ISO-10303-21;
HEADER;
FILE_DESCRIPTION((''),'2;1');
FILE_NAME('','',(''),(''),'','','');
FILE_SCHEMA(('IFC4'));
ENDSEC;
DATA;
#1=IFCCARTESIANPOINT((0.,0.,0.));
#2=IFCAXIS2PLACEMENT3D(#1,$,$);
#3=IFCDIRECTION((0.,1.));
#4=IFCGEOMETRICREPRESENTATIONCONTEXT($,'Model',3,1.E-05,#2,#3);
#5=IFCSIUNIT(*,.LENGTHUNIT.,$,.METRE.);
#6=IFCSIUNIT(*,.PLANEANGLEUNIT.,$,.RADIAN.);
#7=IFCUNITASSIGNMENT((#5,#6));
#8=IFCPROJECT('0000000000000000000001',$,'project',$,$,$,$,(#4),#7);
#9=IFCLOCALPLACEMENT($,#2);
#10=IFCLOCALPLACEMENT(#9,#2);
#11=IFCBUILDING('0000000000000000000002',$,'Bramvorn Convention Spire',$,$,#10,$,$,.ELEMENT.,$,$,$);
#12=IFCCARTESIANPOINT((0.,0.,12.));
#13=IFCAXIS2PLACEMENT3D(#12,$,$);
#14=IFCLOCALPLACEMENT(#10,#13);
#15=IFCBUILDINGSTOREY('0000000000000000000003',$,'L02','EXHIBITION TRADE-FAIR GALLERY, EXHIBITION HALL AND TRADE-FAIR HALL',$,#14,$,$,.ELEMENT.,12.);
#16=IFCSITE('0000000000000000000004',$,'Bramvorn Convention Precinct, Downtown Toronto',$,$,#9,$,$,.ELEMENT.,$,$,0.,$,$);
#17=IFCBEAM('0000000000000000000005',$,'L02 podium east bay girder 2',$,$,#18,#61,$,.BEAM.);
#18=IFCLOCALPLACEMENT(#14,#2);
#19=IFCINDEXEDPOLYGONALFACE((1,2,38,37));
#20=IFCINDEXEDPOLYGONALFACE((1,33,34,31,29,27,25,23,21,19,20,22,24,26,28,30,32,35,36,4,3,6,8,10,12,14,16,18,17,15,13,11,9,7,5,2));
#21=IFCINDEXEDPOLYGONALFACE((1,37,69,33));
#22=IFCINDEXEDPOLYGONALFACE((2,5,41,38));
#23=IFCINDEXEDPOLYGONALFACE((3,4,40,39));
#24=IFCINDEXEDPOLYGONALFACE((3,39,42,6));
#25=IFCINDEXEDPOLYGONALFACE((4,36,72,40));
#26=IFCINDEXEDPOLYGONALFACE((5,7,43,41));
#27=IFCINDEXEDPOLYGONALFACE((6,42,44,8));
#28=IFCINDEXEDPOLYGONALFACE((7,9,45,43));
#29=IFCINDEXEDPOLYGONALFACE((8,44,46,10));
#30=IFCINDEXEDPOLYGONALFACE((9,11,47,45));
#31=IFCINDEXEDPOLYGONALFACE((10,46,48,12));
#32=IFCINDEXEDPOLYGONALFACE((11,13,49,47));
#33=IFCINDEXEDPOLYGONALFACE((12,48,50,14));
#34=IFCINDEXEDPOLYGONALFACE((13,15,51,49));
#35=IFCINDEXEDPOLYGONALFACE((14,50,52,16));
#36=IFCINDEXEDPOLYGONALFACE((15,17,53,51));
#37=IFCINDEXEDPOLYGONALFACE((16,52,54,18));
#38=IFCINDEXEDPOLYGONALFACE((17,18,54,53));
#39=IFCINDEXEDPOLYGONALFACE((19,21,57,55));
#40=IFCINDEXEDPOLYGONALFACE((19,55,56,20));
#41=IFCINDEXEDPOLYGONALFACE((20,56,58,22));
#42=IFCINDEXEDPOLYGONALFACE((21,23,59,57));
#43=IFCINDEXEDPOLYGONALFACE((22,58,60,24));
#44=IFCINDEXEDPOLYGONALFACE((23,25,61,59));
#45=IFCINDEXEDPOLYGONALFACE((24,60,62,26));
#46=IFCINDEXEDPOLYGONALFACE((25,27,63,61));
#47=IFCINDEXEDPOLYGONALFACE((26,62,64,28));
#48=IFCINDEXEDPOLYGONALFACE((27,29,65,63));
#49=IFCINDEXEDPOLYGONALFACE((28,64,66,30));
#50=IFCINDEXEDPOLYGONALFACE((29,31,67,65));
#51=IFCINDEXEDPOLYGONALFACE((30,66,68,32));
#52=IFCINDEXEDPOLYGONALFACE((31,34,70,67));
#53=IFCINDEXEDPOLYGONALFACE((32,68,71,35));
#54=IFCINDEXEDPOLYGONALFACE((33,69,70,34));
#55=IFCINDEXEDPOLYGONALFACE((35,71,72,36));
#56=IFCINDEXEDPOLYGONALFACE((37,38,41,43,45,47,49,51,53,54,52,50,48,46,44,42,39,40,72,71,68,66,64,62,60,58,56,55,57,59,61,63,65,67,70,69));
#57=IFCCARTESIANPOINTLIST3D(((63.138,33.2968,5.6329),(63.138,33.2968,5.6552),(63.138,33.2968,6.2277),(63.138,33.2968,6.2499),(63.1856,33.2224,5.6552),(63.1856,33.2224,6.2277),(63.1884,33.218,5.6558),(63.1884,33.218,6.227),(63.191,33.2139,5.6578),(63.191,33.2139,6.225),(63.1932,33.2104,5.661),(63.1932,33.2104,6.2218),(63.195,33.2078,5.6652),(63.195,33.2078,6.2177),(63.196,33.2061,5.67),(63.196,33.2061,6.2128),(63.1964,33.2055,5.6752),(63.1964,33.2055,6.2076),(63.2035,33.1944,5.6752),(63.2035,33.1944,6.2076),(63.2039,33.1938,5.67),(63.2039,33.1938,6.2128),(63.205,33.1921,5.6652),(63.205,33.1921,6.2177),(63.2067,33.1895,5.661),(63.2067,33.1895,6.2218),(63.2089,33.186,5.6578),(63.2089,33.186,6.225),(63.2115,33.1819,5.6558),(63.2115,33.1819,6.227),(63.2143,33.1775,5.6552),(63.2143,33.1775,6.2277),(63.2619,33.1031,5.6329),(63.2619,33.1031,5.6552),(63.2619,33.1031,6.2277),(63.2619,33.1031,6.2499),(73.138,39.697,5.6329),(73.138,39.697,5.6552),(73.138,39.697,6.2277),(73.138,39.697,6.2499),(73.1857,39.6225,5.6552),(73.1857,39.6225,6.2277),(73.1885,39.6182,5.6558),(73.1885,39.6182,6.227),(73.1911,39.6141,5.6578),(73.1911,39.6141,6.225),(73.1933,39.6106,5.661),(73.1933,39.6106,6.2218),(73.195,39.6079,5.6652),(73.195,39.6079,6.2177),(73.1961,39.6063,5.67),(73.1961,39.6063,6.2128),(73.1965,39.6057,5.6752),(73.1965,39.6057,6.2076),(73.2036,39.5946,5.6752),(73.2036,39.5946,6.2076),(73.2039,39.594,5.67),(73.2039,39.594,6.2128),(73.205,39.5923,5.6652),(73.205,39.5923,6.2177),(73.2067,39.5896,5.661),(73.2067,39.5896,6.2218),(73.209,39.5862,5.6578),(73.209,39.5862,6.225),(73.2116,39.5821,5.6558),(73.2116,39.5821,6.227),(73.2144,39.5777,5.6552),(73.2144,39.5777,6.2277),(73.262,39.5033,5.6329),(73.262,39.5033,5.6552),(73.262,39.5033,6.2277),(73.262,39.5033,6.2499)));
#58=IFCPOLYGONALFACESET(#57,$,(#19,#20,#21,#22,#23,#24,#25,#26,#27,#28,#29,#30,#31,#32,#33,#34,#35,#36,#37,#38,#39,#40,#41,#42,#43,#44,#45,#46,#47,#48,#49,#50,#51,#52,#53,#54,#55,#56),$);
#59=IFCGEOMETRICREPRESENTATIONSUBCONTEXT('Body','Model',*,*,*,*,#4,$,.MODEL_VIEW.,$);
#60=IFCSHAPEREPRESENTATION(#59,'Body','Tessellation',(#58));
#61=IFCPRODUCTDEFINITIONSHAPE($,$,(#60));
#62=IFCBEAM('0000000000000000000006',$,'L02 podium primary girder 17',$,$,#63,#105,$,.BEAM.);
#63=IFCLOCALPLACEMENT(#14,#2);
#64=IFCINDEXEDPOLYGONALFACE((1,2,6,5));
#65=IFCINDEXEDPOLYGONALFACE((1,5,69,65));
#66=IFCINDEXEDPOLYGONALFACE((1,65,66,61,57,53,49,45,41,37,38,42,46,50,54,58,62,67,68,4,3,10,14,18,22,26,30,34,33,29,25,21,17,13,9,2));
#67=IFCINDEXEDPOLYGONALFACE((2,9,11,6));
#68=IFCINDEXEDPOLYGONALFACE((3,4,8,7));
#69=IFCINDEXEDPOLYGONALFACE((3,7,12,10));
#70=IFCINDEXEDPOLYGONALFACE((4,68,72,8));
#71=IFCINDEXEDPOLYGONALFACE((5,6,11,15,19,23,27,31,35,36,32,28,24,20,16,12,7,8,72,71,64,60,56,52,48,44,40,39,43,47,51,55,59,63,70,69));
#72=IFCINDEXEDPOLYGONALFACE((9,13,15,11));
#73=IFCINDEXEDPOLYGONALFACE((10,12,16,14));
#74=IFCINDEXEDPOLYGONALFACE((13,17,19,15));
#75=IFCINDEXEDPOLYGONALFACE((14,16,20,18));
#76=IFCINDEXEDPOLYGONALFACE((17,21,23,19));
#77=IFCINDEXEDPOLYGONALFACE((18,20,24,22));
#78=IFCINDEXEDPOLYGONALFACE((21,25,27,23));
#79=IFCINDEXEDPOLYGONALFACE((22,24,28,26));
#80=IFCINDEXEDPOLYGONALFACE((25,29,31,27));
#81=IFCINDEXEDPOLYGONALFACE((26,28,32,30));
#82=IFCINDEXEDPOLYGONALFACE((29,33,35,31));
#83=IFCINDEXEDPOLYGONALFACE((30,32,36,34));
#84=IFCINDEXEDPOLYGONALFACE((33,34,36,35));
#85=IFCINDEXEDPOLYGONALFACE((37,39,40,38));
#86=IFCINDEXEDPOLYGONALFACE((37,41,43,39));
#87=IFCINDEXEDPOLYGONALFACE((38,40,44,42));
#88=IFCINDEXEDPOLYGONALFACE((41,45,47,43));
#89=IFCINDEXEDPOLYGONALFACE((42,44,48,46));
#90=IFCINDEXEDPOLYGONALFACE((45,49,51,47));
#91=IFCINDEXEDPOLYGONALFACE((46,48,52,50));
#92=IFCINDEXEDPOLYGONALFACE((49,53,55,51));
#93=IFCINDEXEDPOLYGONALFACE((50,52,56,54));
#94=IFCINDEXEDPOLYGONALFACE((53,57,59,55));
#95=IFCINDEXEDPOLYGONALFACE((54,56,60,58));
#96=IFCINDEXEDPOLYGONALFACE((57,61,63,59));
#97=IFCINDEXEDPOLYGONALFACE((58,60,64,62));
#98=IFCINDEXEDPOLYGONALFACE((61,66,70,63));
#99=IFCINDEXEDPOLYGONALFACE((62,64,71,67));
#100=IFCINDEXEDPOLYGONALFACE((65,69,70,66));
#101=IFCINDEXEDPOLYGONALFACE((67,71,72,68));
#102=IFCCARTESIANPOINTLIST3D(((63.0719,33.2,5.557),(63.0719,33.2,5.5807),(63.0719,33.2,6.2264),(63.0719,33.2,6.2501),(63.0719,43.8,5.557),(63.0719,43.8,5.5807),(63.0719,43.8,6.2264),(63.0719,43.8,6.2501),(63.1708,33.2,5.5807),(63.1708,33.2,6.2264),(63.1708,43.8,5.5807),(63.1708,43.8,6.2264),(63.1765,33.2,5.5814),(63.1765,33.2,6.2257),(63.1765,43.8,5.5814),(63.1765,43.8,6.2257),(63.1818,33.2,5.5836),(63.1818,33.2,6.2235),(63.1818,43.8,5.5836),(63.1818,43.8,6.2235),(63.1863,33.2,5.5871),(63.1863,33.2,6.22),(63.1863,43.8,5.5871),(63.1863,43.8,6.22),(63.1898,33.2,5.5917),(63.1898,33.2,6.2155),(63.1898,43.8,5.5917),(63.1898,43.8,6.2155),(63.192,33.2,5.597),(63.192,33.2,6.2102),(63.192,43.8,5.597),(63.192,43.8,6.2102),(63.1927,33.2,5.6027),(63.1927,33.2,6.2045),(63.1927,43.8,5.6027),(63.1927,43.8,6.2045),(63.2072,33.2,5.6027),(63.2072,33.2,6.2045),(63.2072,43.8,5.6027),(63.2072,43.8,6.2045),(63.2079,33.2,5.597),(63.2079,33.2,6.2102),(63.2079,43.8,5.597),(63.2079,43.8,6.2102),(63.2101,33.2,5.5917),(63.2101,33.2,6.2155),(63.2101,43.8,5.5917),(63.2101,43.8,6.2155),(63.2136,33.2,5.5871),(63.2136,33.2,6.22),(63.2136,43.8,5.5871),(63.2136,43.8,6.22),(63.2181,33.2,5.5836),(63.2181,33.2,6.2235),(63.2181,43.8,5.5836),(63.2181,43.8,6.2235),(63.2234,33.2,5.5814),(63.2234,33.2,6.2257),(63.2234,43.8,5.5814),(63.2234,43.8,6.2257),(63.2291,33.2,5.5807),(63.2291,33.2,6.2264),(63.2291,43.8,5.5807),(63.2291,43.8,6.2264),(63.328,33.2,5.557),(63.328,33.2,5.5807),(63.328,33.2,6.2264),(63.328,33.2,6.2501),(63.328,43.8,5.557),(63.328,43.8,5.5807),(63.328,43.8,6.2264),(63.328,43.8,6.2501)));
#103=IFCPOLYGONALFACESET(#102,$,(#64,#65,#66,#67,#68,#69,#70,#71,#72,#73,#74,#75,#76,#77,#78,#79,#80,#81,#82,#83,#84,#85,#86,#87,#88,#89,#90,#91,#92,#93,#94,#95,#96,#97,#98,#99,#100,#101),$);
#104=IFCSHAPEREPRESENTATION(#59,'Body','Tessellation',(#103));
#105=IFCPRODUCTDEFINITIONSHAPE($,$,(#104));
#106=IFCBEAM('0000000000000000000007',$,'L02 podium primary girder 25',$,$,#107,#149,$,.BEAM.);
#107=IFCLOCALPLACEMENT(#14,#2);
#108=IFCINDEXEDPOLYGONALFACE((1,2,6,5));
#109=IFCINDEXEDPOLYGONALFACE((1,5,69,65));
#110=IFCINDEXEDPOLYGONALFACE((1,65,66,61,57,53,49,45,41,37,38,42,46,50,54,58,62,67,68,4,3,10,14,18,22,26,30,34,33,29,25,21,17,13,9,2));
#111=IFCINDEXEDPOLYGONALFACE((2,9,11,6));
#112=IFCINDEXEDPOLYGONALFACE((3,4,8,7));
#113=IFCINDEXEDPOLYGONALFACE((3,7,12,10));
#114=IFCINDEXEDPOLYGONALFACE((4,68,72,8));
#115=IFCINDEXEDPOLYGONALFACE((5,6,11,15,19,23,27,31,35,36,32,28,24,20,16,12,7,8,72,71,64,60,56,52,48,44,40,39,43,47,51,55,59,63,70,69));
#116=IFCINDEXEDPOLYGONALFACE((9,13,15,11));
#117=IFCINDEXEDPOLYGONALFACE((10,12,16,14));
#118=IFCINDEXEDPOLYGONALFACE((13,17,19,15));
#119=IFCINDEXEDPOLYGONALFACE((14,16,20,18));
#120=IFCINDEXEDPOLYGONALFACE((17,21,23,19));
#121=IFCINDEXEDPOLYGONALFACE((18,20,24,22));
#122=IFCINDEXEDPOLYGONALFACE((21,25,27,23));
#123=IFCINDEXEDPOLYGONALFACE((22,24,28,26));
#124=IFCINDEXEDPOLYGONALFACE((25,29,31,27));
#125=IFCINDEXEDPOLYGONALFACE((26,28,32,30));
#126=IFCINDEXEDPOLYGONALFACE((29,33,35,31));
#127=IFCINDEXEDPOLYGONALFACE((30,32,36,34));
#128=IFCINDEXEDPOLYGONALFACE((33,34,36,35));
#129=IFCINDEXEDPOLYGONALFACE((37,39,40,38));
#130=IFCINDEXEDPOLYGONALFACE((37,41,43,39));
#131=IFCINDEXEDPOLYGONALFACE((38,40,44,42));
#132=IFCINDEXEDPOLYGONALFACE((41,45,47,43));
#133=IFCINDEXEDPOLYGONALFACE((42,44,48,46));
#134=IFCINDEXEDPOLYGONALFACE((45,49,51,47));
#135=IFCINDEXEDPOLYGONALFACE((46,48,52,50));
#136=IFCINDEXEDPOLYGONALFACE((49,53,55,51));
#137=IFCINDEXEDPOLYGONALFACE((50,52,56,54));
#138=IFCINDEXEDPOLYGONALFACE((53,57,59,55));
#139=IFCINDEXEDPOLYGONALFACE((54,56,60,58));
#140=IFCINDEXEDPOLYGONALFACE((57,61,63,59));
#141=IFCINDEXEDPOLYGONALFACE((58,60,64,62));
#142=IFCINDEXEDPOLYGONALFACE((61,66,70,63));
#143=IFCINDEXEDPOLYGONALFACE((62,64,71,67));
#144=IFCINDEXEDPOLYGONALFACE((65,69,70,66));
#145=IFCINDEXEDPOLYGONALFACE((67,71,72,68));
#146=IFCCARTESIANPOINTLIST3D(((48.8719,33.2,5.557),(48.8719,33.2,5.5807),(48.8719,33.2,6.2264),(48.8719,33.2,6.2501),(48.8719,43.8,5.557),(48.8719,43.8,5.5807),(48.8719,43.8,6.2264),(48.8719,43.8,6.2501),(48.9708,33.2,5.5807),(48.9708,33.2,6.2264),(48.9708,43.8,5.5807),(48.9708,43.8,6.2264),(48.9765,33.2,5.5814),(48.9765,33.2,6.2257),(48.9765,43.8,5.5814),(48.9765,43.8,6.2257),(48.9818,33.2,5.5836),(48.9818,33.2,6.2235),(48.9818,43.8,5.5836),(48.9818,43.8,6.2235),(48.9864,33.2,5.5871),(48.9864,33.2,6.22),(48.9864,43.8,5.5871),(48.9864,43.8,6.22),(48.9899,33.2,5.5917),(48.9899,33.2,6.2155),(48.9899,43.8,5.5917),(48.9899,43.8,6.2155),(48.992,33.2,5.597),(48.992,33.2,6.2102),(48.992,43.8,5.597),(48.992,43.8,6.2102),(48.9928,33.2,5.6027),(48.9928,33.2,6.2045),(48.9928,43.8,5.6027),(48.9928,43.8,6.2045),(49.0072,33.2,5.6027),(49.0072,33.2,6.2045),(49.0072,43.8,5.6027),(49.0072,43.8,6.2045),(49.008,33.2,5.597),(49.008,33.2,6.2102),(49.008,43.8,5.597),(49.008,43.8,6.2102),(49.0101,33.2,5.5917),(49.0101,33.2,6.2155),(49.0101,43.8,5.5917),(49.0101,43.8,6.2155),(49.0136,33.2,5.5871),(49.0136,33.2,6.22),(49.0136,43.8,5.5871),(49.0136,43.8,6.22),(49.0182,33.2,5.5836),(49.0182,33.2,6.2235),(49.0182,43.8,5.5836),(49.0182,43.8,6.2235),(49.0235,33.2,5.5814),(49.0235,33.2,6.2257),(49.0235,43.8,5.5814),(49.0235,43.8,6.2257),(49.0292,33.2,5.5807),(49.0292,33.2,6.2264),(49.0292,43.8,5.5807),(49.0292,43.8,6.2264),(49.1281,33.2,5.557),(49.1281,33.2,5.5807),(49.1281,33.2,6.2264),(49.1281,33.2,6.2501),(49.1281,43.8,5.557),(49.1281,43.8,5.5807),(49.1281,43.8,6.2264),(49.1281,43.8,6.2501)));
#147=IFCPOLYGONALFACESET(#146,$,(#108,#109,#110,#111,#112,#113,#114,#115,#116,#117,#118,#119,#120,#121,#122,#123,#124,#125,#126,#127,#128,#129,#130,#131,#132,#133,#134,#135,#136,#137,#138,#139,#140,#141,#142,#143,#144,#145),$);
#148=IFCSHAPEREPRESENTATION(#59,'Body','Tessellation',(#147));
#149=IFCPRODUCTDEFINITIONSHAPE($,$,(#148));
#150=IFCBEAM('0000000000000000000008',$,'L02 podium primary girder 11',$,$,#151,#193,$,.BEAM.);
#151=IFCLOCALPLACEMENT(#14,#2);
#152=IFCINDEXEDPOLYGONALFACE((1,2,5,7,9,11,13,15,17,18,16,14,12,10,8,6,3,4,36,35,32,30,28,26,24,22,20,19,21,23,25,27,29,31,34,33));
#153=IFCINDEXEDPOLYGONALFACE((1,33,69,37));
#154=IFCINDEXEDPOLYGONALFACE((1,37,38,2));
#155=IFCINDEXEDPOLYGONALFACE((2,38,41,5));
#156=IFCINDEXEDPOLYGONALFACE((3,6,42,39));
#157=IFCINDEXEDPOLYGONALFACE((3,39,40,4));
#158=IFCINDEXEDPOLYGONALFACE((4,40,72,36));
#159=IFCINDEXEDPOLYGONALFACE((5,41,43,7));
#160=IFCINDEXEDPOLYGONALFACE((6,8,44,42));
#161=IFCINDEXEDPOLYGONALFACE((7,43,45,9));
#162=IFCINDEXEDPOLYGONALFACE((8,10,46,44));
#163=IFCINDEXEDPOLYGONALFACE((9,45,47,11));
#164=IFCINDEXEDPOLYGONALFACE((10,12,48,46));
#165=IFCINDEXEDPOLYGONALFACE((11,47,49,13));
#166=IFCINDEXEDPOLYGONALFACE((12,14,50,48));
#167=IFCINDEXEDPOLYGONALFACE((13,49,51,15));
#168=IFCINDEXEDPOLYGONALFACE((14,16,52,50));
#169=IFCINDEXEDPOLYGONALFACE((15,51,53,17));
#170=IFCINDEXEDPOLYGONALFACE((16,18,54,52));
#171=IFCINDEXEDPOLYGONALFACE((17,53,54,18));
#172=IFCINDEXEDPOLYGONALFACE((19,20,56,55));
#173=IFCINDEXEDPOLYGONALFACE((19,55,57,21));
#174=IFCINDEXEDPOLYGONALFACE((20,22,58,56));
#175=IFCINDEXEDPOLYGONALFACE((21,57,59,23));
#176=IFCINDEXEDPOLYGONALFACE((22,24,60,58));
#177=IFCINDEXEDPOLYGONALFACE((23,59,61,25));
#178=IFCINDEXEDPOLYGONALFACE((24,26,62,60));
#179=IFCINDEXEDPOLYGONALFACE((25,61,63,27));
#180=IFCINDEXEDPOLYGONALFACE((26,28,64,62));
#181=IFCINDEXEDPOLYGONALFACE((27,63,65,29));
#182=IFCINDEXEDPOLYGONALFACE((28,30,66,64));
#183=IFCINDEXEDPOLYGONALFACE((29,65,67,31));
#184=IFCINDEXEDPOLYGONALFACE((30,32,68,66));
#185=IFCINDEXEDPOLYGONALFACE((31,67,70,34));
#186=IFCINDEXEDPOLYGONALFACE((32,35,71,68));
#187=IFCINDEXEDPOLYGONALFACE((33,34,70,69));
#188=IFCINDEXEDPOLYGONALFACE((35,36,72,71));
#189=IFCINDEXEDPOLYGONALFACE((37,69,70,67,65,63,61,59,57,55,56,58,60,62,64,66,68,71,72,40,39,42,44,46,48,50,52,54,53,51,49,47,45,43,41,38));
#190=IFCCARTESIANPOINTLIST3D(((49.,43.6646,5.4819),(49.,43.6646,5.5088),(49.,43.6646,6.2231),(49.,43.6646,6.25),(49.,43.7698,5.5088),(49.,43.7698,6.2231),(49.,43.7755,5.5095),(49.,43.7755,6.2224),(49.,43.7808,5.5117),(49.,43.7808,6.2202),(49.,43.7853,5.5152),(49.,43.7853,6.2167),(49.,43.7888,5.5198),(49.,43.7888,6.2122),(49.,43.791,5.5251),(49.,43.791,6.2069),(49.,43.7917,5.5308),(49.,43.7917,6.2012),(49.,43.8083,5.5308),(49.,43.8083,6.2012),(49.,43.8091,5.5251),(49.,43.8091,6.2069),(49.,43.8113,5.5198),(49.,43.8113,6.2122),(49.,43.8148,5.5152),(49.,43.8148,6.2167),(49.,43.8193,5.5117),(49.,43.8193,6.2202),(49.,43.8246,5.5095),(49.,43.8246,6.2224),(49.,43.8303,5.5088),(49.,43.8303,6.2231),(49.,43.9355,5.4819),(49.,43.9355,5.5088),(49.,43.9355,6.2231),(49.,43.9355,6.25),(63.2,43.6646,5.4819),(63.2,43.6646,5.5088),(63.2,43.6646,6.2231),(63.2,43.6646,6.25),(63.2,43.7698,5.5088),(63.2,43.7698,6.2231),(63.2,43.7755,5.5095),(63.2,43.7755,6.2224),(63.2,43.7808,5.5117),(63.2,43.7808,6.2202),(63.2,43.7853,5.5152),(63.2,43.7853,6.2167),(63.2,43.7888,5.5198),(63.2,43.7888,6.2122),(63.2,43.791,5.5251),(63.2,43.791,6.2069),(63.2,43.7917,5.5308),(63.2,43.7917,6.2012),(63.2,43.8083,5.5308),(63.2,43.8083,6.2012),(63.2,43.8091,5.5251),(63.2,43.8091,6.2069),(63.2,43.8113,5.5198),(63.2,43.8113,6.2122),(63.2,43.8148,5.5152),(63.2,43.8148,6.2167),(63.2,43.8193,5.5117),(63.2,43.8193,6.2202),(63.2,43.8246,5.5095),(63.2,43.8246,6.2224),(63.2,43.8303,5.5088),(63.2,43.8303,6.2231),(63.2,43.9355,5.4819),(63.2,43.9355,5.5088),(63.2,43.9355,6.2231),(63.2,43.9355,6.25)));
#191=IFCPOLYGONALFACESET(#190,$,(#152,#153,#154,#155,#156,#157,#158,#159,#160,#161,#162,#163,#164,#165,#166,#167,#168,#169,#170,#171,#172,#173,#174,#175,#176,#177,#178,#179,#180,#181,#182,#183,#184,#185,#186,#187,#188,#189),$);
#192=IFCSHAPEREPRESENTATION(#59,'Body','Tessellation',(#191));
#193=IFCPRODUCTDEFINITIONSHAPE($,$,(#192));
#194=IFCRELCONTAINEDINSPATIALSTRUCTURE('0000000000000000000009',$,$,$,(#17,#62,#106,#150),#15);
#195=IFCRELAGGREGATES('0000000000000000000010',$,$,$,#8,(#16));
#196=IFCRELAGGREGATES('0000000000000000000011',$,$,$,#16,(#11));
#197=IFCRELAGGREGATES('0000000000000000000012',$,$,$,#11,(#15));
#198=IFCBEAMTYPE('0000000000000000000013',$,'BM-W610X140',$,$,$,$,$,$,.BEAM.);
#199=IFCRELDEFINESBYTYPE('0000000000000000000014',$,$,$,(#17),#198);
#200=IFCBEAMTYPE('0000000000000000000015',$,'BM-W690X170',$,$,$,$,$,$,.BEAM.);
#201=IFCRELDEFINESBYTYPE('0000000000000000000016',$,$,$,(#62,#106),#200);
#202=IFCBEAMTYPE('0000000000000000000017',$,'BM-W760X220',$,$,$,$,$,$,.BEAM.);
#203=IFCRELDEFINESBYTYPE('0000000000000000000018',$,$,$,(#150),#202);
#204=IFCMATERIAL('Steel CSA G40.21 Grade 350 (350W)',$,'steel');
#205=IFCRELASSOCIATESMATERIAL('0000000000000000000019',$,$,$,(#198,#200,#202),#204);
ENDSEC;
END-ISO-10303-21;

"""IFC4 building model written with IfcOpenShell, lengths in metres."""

from ifc_helpers import new_model, si_unit, direction, frame, origin, origin_2d, place, context, subcontext, project, spatial, i_section, extrude, material, material_profile, profile_set, type_object, element, save


model = new_model("IFC4")

# Units and contexts
model_context = context("Model", 3, precision=1e-05, world=origin(), true_north=direction((0.0, 1.0)))
body_context = subcontext(model_context, "Body", "Model", "MODEL_VIEW")
ifc_project = project(units=[si_unit("LENGTHUNIT", "METRE"), si_unit("PLANEANGLEUNIT", "RADIAN")], contexts=[model_context])

# Site, building, storey
site_placement = place(None, origin())
site = spatial("IfcSite", under=ifc_project, at=site_placement, Name="Bramvorn Convention Precinct, Downtown Toronto", CompositionType="ELEMENT", RefElevation=0.0)
building_placement = place(site_placement, origin())
building = spatial("IfcBuilding", under=site, at=building_placement, Name="Bramvorn Convention Spire", CompositionType="ELEMENT")
storey_placement = place(building_placement, frame((0.0, 0.0, 12.0)))
storey = spatial("IfcBuildingStorey", under=building, at=storey_placement, Name="L02", Description="EXHIBITION TRADE-FAIR GALLERY, EXHIBITION HALL AND TRADE-FAIR HALL", CompositionType="ELEMENT", Elevation=12.0)

# Shared definitions
ifc_material_1 = material(Name="Steel CSA G40.21 Grade 350 (350W)", Category="steel")

# Beams
ifc_material_profile_1 = material_profile(ifc_material_1, i_section(OverallWidth=0.23, OverallDepth=0.6169, WebThickness=0.0132, FlangeThickness=0.0222, FilletRadius=0.02, at=origin_2d()))
ifc_profile_set_1 = profile_set([ifc_material_profile_1], Name="Steel CSA G40.21 Grade 350 (350W) - W610X140")
beam_type_1 = type_object("IfcBeamType", Name="BM-W610X140", PredefinedType="BEAM", material=ifc_profile_set_1)
beam_1_placement = place(storey_placement, frame((63.2, 33.2, 5.9414), z_axis=(0.842266, 0.539062, 0.0), x_axis=(-0.539062, 0.842266, 0.0)))
element("IfcBeam", 1, at=beam_1_placement, inside=storey, type_object=beam_type_1, Name="L02 podium east bay girder 2", PredefinedType="BEAM", context=body_context, shape_type="SweptSolid", body=[
    extrude(i_section(OverallWidth=0.23, OverallDepth=0.6169, WebThickness=0.0132, FlangeThickness=0.0222, FilletRadius=0.02, at=origin_2d()), origin(), (0.0, 0.0, 1.0), 11.8728),
])
ifc_material_profile_2 = material_profile(ifc_material_1, i_section(OverallWidth=0.2561, OverallDepth=0.6931, WebThickness=0.0144, FlangeThickness=0.0237, FilletRadius=0.022, at=origin_2d()))
ifc_profile_set_2 = profile_set([ifc_material_profile_2], Name="Steel CSA G40.21 Grade 350 (350W) - W690X170")
beam_type_2 = type_object("IfcBeamType", Name="BM-W690X170", PredefinedType="BEAM", material=ifc_profile_set_2)
for number, where, z_axis, x_axis, name in (
    (2, (63.2, 33.2, 5.9036), (0.0, 1.0, 0.0), (-1.0, 0.0, 0.0), "L02 podium primary girder 17"),
    (3, (49.0, 33.2, 5.9036), (0.0, 1.0, 0.0), (-1.0, 0.0, 0.0), "L02 podium primary girder 25"),
):
    element("IfcBeam", number, at=place(storey_placement, frame(where, z_axis=z_axis, x_axis=x_axis)), inside=storey, type_object=beam_type_2, Name=name, PredefinedType="BEAM", context=body_context, shape_type="SweptSolid", body=[
        extrude(i_section(OverallWidth=0.2561, OverallDepth=0.6931, WebThickness=0.0144, FlangeThickness=0.0237, FilletRadius=0.022, at=origin_2d()), origin(), (0.0, 0.0, 1.0), 10.6001),
    ])
ifc_material_profile_3 = material_profile(ifc_material_1, i_section(OverallWidth=0.271, OverallDepth=0.7681, WebThickness=0.0166, FlangeThickness=0.0269, FilletRadius=0.022, at=origin_2d()))
ifc_profile_set_3 = profile_set([ifc_material_profile_3], Name="Steel CSA G40.21 Grade 350 (350W) - W760X220")
beam_type_3 = type_object("IfcBeamType", Name="BM-W760X220", PredefinedType="BEAM", material=ifc_profile_set_3)
for number, where, z_axis, x_axis, name in (
    (4, (49.0, 43.8, 5.866), (1.0, 0.0, 0.0), (0.0, 1.0, 0.0), "L02 podium primary girder 11"),
):
    element("IfcBeam", number, at=place(storey_placement, frame(where, z_axis=z_axis, x_axis=x_axis)), inside=storey, type_object=beam_type_3, Name=name, PredefinedType="BEAM", context=body_context, shape_type="SweptSolid", body=[
        extrude(i_section(OverallWidth=0.271, OverallDepth=0.7681, WebThickness=0.0166, FlangeThickness=0.0269, FilletRadius=0.022, at=origin_2d()), origin(), (0.0, 0.0, 1.0), 14.2),
    ])

save(model, "model.ifc")
